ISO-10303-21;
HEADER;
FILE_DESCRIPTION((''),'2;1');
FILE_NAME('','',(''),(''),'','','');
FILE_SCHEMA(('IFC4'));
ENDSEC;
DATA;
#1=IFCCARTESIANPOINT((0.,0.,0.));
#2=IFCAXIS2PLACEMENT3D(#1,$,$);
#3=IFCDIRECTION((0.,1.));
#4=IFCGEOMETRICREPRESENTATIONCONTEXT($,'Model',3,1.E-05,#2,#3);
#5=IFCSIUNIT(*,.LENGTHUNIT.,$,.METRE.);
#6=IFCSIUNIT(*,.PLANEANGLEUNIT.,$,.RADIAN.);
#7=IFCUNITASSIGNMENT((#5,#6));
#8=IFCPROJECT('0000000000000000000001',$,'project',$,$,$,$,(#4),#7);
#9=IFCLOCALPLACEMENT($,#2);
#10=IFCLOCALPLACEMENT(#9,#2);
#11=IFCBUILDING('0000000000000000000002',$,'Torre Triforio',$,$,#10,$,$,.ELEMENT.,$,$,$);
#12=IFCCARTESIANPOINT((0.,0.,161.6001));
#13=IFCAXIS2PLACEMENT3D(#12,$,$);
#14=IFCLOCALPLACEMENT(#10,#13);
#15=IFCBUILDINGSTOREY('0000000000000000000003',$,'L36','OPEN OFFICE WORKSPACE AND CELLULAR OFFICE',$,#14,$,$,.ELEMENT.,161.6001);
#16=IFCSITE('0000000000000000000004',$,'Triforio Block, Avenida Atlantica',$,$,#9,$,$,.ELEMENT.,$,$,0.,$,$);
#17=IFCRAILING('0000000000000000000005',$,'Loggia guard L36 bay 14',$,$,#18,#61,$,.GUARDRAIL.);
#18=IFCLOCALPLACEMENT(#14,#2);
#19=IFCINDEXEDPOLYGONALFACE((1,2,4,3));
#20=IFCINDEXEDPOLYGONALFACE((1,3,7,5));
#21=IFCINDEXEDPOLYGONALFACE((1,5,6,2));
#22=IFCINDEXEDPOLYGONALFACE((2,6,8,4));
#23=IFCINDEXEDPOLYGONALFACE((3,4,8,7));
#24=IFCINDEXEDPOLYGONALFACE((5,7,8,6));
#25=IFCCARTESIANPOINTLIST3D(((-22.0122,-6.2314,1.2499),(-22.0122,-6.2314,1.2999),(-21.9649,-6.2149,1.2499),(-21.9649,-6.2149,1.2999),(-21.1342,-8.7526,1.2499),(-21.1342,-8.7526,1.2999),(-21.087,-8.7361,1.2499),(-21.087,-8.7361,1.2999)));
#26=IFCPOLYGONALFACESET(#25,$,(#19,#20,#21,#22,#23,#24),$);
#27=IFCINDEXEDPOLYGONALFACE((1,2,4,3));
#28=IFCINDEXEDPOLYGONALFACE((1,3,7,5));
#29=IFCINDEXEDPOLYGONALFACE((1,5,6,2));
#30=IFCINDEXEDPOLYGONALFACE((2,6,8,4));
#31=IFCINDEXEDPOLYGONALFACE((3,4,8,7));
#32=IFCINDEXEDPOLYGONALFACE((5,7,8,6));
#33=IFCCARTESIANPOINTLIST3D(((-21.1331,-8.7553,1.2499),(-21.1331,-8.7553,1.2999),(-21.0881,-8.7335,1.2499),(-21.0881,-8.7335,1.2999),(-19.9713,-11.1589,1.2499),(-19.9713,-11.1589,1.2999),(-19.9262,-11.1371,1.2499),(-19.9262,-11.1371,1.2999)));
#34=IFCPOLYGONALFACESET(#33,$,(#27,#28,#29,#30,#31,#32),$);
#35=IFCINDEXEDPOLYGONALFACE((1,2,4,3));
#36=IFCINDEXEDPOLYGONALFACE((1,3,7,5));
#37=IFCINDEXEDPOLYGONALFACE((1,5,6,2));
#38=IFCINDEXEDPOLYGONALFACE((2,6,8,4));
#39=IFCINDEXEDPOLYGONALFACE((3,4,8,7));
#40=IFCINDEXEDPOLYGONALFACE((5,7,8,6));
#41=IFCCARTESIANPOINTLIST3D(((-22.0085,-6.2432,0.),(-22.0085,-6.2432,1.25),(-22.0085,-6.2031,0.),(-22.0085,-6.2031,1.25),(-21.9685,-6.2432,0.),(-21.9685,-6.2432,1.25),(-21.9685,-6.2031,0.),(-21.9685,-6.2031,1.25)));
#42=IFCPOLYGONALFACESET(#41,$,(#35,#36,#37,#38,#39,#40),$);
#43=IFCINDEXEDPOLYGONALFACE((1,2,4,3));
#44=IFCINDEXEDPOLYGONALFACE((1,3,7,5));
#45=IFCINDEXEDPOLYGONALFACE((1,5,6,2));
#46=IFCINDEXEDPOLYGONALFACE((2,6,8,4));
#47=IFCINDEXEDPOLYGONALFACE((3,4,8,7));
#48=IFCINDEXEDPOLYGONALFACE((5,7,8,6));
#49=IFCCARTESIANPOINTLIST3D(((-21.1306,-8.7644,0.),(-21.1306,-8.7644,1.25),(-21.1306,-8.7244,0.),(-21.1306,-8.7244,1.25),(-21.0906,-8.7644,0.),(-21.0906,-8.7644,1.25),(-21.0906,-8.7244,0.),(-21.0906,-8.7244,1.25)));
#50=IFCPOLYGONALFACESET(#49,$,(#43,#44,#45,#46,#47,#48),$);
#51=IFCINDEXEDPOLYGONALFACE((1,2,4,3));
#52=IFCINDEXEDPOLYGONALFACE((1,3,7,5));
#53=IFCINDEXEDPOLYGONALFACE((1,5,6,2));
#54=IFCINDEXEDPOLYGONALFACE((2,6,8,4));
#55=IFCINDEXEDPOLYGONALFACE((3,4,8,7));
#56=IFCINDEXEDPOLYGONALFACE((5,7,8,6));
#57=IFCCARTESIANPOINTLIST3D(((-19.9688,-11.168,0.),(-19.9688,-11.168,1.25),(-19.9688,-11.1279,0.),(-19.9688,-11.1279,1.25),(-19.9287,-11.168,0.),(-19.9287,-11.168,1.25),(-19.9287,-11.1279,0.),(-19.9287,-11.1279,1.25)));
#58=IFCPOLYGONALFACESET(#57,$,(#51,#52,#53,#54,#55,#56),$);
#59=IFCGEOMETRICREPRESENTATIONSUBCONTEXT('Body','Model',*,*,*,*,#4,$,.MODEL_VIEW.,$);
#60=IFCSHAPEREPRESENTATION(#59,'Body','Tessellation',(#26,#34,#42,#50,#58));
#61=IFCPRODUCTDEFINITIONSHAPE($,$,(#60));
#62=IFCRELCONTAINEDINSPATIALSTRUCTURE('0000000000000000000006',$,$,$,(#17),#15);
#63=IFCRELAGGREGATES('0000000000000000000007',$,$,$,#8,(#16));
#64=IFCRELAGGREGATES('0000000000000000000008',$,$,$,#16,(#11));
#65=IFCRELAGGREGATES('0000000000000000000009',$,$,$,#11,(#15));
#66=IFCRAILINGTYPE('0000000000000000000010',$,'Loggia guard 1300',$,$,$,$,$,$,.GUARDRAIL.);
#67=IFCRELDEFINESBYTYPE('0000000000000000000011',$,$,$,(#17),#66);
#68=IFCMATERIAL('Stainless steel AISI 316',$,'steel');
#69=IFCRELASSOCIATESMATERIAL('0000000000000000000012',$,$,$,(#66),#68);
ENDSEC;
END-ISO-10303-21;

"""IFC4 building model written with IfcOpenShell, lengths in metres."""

from ifc_helpers import new_model, si_unit, direction, frame, origin, origin_2d, place, context, subcontext, project, spatial, rectangle, extrude, material, type_object, element, save


model = new_model("IFC4")

# Units and contexts
model_context = context("Model", 3, precision=1e-05, world=origin(), true_north=direction((0.0, 1.0)))
body_context = subcontext(model_context, "Body", "Model", "MODEL_VIEW")
ifc_project = project(units=[si_unit("LENGTHUNIT", "METRE"), si_unit("PLANEANGLEUNIT", "RADIAN")], contexts=[model_context])

# Site, building, storey
site_placement = place(None, origin())
site = spatial("IfcSite", under=ifc_project, at=site_placement, Name="Triforio Block, Avenida Atlantica", CompositionType="ELEMENT", RefElevation=0.0)
building_placement = place(site_placement, origin())
building = spatial("IfcBuilding", under=site, at=building_placement, Name="Torre Triforio", CompositionType="ELEMENT")
storey_placement = place(building_placement, frame((0.0, 0.0, 161.6001)))
storey = spatial("IfcBuildingStorey", under=building, at=storey_placement, Name="L36", Description="OPEN OFFICE WORKSPACE AND CELLULAR OFFICE", CompositionType="ELEMENT", Elevation=161.6001)

# Railing
ifc_material_1 = material(Name="Stainless steel AISI 316", Category="steel")
railing_type = type_object("IfcRailingType", Name="Loggia guard 1300", PredefinedType="GUARDRAIL", material=ifc_material_1)
railing_1_placement = place(storey_placement, frame((-21.9885, -6.2231, 0.0)))
element("IfcRailing", 1, at=railing_1_placement, inside=storey, type_object=railing_type, Name="Loggia guard L36 bay 14", PredefinedType="GUARDRAIL", context=body_context, shape_type="SweptSolid", body=[
    extrude(rectangle(XDim=0.05, YDim=0.05, at=origin_2d()), frame((0.0, 0.0, 1.2749), z_axis=(0.328847, -0.944383, 0.0), x_axis=(0.944383, 0.328847, 0.0)), (0.0, 0.0, 1.0), 2.6697),
    extrude(rectangle(XDim=0.05, YDim=0.05, at=origin_2d()), frame((0.8779, -2.5212, 1.2749), z_axis=(0.435212, -0.900328, 0.0), x_axis=(0.900328, 0.435212, 0.0)), (0.0, 0.0, 1.0), 2.6697),
    extrude(rectangle(XDim=0.04, YDim=0.04, at=origin_2d()), origin(), (0.0, 0.0, 1.0), 1.25),
    extrude(rectangle(XDim=0.04, YDim=0.04, at=origin_2d()), frame((0.8779, -2.5212, 0.0)), (0.0, 0.0, 1.0), 1.25),
    extrude(rectangle(XDim=0.04, YDim=0.04, at=origin_2d()), frame((2.0398, -4.9248, 0.0)), (0.0, 0.0, 1.0), 1.25),
])

save(model, "model.ifc")
